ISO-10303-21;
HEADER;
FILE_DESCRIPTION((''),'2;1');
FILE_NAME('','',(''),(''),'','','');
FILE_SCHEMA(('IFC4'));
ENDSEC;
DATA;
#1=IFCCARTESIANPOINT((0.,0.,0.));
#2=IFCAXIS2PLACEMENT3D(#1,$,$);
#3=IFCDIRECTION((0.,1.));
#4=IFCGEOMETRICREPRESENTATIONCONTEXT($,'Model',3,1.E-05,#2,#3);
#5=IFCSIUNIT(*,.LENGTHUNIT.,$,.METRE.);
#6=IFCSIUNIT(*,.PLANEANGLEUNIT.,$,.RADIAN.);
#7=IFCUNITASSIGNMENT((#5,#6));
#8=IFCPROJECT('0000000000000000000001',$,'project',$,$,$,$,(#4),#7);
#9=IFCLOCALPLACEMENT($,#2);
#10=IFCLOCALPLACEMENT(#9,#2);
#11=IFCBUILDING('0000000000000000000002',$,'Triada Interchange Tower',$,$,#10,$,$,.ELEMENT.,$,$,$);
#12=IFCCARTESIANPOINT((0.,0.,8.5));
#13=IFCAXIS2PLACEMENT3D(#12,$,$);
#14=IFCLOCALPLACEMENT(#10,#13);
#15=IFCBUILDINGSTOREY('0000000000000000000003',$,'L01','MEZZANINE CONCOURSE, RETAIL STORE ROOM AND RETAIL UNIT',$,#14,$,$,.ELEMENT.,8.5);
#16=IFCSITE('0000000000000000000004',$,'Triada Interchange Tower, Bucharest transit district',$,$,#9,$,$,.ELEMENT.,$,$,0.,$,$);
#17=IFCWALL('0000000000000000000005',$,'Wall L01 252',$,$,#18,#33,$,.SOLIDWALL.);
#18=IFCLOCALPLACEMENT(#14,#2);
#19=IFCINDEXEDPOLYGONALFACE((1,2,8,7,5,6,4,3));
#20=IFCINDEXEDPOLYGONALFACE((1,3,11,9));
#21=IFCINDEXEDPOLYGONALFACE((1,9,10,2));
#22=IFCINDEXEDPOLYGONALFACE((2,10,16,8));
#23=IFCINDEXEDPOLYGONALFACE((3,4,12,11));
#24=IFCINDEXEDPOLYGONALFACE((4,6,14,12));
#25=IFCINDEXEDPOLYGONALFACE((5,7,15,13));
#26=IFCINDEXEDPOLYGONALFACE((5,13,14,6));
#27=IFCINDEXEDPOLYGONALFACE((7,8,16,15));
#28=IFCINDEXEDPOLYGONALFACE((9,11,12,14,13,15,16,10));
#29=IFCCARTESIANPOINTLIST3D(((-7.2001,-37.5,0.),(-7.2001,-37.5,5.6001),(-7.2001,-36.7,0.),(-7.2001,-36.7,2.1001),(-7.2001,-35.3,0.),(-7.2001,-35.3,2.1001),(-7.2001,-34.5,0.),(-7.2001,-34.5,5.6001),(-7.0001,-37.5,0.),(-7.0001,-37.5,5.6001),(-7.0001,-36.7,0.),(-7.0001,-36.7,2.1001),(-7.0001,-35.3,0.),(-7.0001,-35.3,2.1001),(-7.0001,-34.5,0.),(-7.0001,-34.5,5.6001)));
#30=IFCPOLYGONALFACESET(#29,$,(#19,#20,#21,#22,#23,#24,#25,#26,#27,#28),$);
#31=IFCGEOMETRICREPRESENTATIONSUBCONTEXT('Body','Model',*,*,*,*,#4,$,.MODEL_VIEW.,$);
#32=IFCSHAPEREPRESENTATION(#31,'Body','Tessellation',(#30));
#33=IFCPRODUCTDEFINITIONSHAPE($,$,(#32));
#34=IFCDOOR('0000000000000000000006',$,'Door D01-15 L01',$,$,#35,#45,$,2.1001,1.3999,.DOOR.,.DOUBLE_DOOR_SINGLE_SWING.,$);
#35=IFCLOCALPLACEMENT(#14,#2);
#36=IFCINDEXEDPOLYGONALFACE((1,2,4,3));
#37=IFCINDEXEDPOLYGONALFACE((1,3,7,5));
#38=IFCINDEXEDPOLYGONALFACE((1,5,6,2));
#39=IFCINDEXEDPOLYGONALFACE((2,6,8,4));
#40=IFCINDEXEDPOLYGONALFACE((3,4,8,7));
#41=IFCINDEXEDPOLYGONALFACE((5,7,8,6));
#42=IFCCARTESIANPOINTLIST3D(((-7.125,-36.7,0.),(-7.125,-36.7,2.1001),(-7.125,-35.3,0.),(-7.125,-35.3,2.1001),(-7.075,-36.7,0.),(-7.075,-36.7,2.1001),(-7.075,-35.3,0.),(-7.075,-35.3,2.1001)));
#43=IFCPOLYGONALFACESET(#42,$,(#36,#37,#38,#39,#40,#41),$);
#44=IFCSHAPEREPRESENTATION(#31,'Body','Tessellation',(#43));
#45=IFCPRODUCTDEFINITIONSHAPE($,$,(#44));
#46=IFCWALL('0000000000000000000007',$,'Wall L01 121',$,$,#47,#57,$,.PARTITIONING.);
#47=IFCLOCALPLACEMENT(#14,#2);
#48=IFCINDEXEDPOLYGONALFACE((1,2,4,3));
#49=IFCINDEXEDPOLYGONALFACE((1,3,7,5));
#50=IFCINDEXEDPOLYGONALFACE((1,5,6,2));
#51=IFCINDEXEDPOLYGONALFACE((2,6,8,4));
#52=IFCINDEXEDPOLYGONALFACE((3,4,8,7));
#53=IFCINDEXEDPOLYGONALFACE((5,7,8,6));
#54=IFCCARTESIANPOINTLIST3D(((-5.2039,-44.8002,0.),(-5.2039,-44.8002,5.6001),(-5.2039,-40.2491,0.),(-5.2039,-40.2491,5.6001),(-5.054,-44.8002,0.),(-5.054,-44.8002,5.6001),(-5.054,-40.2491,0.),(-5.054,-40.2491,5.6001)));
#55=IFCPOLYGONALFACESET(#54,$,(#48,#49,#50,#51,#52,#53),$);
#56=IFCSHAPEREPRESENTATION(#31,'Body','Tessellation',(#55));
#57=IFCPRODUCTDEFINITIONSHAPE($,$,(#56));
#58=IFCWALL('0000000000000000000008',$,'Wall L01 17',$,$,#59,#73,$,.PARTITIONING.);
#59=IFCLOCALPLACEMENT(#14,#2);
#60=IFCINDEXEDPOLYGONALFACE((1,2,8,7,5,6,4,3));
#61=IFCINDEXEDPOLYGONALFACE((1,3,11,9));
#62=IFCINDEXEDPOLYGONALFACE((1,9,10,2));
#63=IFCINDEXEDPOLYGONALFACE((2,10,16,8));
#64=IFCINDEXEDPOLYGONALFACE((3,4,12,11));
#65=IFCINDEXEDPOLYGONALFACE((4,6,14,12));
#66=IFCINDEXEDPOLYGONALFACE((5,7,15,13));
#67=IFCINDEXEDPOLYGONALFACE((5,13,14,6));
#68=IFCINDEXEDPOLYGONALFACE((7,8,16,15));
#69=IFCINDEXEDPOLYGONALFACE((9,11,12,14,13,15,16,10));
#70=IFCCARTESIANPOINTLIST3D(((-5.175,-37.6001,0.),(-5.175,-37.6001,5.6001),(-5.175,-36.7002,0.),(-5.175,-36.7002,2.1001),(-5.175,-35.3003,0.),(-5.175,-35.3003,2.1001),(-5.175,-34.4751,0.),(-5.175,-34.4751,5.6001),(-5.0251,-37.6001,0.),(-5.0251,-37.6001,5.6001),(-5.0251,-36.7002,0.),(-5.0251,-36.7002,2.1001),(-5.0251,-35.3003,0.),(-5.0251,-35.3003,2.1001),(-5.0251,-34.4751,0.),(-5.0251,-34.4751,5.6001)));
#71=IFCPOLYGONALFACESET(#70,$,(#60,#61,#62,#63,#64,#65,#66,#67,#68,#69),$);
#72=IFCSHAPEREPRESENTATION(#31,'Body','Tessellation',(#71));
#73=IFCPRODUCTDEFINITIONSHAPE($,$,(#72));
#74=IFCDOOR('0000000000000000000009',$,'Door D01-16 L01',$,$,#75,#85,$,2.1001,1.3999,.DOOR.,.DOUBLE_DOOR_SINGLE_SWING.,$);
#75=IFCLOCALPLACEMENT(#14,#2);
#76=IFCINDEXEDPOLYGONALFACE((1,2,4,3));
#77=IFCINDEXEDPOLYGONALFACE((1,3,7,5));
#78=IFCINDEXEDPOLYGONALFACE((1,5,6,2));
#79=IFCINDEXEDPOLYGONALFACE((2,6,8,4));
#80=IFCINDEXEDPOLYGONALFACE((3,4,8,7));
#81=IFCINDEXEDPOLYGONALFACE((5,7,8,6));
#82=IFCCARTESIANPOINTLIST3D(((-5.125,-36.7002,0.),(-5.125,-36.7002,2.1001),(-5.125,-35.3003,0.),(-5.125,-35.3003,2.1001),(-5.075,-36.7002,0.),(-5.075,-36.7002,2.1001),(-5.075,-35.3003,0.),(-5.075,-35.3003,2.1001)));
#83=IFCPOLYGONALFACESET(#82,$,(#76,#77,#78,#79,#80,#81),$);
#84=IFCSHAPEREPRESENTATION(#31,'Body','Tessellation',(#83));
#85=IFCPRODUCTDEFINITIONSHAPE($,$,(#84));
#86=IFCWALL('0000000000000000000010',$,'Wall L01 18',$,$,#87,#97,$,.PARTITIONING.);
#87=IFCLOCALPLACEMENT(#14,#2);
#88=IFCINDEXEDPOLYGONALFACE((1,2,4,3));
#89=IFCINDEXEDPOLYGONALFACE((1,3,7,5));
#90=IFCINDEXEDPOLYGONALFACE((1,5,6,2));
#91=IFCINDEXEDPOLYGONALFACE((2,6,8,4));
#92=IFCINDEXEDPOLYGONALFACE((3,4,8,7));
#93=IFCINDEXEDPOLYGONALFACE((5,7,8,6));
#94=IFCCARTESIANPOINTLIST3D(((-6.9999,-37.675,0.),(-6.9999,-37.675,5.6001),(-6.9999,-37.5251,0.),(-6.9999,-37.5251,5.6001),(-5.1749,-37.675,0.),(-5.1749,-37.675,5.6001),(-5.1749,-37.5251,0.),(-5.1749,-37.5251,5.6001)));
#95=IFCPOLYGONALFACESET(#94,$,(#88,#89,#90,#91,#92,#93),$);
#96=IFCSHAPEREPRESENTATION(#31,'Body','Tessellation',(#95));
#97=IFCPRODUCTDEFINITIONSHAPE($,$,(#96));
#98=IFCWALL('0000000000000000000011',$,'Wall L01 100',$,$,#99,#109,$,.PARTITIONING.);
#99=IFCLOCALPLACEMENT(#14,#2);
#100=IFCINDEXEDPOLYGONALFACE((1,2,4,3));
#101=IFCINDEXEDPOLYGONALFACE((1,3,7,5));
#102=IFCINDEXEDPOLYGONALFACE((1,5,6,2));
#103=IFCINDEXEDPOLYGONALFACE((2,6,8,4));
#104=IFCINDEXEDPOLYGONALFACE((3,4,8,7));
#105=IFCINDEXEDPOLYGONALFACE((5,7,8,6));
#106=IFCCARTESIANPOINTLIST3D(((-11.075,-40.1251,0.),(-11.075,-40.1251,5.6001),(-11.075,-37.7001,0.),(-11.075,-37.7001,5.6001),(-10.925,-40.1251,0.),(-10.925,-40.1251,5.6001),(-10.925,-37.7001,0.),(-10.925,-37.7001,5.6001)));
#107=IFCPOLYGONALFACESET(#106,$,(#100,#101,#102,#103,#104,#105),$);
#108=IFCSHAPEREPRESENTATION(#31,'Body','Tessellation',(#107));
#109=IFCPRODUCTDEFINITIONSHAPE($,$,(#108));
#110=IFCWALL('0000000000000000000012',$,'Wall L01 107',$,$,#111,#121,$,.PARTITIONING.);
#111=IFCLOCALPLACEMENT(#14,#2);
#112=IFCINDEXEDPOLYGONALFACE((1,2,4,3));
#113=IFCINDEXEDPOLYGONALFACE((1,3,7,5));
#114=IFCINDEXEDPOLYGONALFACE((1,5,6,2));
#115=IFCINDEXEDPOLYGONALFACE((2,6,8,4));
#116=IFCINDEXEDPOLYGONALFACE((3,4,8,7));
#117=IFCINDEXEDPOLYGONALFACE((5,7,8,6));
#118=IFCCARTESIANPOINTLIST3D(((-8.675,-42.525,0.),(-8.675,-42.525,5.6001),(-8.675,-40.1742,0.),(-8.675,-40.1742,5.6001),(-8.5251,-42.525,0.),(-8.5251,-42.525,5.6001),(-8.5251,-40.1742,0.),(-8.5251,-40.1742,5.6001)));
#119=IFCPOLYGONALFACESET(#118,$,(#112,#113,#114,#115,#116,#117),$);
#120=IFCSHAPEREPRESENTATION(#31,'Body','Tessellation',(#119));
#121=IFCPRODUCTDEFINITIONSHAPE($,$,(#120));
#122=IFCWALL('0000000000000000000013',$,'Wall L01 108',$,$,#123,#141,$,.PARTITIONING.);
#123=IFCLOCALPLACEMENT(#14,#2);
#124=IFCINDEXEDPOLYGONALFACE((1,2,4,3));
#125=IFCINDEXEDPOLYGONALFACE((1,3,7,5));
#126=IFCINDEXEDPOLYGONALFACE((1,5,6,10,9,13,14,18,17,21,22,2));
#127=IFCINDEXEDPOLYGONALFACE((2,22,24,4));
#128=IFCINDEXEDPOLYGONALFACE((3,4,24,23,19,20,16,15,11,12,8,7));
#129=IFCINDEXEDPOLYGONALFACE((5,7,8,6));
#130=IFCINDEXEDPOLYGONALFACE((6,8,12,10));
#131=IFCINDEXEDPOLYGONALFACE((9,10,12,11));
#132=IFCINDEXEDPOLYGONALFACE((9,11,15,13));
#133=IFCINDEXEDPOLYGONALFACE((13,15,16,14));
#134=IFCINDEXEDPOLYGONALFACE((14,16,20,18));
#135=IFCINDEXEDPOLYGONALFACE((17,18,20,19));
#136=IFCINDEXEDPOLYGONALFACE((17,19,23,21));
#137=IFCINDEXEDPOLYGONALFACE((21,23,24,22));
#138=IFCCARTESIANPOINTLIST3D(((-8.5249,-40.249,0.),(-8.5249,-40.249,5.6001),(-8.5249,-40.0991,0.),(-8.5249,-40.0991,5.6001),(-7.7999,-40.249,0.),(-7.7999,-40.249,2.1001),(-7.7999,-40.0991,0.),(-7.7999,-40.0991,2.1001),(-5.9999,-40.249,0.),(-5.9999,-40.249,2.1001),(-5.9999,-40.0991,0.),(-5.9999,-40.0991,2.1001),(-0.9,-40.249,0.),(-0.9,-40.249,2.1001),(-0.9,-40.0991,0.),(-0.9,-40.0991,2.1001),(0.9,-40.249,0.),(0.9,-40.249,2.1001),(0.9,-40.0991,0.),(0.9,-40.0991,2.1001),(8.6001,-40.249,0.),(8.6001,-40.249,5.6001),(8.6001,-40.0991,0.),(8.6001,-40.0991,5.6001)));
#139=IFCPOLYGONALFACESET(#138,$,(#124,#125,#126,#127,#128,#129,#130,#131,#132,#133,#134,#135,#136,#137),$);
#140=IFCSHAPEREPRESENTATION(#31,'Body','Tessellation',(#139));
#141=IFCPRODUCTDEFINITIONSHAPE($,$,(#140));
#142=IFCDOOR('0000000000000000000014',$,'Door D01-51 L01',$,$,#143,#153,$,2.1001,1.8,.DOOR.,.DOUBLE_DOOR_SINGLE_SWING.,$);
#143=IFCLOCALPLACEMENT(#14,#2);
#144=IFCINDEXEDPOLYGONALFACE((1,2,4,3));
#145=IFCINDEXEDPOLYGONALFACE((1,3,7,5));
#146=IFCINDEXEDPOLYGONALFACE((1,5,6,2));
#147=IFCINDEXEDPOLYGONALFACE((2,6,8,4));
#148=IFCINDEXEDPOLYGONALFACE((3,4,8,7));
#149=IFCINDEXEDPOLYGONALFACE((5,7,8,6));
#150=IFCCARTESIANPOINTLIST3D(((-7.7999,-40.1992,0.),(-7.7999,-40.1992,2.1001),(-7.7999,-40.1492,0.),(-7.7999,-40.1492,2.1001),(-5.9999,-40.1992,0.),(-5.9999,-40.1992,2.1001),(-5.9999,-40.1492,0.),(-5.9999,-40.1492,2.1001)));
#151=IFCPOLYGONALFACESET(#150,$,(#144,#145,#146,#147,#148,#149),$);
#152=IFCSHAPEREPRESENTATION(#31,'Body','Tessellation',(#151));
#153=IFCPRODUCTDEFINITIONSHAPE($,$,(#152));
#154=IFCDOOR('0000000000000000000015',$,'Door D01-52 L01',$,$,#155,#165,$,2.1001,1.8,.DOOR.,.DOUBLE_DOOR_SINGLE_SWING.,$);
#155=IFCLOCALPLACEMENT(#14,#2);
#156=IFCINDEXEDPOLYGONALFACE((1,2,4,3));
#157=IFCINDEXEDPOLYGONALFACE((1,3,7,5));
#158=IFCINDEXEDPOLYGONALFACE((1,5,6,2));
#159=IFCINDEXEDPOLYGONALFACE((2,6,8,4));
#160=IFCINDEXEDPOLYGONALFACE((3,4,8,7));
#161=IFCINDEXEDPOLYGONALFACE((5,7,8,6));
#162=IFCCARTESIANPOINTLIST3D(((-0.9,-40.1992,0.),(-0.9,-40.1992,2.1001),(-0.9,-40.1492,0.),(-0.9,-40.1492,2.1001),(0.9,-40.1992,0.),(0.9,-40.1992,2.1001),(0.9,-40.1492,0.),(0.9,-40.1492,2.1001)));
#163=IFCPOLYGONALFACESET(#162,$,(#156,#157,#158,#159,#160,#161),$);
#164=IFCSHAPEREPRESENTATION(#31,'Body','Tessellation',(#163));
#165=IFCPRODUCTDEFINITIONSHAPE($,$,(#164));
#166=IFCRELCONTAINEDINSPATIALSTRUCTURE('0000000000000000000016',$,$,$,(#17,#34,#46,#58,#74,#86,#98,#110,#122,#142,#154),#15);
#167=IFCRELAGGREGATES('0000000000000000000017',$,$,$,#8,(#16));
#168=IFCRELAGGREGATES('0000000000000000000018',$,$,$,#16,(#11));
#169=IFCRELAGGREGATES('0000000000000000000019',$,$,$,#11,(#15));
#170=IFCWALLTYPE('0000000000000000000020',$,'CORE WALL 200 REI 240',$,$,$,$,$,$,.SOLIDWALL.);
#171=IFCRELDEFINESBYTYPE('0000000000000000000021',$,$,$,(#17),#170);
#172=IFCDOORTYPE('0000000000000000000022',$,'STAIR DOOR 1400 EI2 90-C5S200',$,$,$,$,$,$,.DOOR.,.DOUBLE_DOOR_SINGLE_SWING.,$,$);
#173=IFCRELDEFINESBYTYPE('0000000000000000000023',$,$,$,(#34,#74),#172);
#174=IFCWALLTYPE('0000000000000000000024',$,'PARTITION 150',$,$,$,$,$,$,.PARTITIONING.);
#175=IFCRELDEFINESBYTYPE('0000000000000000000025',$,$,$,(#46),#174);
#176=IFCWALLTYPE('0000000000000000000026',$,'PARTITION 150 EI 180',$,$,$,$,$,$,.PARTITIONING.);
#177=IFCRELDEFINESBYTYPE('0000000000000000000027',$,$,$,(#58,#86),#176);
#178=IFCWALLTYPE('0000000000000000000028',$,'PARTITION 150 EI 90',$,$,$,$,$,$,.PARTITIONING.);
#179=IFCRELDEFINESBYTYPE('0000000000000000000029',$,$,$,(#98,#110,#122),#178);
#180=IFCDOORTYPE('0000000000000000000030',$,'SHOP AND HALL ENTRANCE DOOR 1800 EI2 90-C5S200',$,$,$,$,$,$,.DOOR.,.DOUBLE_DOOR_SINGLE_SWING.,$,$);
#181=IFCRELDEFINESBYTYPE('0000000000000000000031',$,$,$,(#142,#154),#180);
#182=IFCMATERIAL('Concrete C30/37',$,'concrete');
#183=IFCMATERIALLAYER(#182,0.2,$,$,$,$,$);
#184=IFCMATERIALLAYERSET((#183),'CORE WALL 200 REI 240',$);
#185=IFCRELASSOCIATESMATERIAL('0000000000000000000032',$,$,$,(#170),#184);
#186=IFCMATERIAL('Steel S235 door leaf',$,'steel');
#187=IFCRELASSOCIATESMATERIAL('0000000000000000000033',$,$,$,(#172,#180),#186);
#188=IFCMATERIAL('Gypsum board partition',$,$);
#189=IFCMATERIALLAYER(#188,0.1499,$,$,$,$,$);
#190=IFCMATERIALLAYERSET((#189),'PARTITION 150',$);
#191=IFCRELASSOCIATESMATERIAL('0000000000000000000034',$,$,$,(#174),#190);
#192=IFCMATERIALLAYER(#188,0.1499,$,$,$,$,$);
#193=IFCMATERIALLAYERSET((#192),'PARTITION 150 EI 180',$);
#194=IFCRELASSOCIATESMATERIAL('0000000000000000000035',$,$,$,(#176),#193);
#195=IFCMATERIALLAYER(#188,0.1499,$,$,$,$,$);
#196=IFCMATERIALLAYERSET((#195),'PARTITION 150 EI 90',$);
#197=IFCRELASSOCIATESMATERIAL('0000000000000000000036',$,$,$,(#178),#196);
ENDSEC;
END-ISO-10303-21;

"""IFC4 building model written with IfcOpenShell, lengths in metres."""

from ifc_helpers import new_model, si_unit, direction, frame, frame_2d, origin, place, context, subcontext, project, spatial, rectangle, extrude, material, layer, layer_set, type_object, element, fill, save


model = new_model("IFC4")

# Units and contexts
model_context = context("Model", 3, precision=1e-05, world=origin(), true_north=direction((0.0, 1.0)))
body_context = subcontext(model_context, "Body", "Model", "MODEL_VIEW")
ifc_project = project(units=[si_unit("LENGTHUNIT", "METRE"), si_unit("PLANEANGLEUNIT", "RADIAN")], contexts=[model_context])

# Site, building, storey
site_placement = place(None, origin())
site = spatial("IfcSite", under=ifc_project, at=site_placement, Name="Triada Interchange Tower, Bucharest transit district", CompositionType="ELEMENT", RefElevation=0.0)
building_placement = place(site_placement, origin())
building = spatial("IfcBuilding", under=site, at=building_placement, Name="Triada Interchange Tower", CompositionType="ELEMENT")
storey_placement = place(building_placement, frame((0.0, 0.0, 8.5)))
storey = spatial("IfcBuildingStorey", under=building, at=storey_placement, Name="L01", Description="MEZZANINE CONCOURSE, RETAIL STORE ROOM AND RETAIL UNIT", CompositionType="ELEMENT", Elevation=8.5)

# Wall, opening, door
ifc_material_1 = material(Name="Concrete C30/37", Category="concrete")
ifc_layer_1 = layer(ifc_material_1, 0.2)
ifc_layer_set_1 = layer_set([ifc_layer_1], Name="CORE WALL 200 REI 240")
wall_type_1 = type_object("IfcWallType", Name="CORE WALL 200 REI 240", PredefinedType="SOLIDWALL", material=ifc_layer_set_1)
wall_1_placement = place(storey_placement, frame((-7.1001, -37.5, 0.0), z_axis=(0.0, 0.0, 1.0), x_axis=(0.0, 1.0, 0.0)))
wall_1 = element("IfcWall", 1, at=wall_1_placement, inside=storey, type_object=wall_type_1, Name="Wall L01 252", PredefinedType="SOLIDWALL", context=body_context, shape_type="SweptSolid", body=[
    extrude(rectangle(XDim=3.0, YDim=0.2, at=frame_2d((1.5, 0.0))), origin(), (0.0, 0.0, 1.0), 5.6001),
])
opening_1_placement = place(wall_1_placement, frame((0.8, 0.0, 0.0)))
opening_1 = element("IfcOpeningElement", 2, at=opening_1_placement, cuts=wall_1, PredefinedType="OPENING", context=body_context, shape_type="SweptSolid", body=[
    extrude(rectangle(XDim=1.3999, YDim=2.1001, at=frame_2d((0.7, 1.05))), frame((0.0, 0.1099, 0.0), z_axis=(0.0, -1.0, 0.0), x_axis=(1.0, 0.0, 0.0)), (0.0, 0.0, 1.0), 0.22),
])
ifc_material_2 = material(Name="Steel S235 door leaf", Category="steel")
door_type_1 = type_object("IfcDoorType", Name="STAIR DOOR 1400 EI2 90-C5S200", OperationType="DOUBLE_DOOR_SINGLE_SWING", PredefinedType="DOOR", material=ifc_material_2)
door_1_placement = place(opening_1_placement, origin())
door_1 = element("IfcDoor", 3, at=door_1_placement, inside=storey, type_object=door_type_1, Name="Door D01-15 L01", OperationType="DOUBLE_DOOR_SINGLE_SWING", OverallHeight=2.1001, OverallWidth=1.3999, PredefinedType="DOOR", context=body_context, shape_type="SweptSolid", body=[
    extrude(rectangle(XDim=1.3999, YDim=2.1001, at=frame_2d((0.7, 1.05))), frame((0.0, 0.0249, 0.0), z_axis=(0.0, -1.0, 0.0), x_axis=(1.0, 0.0, 0.0)), (0.0, 0.0, 1.0), 0.05),
])
fill(opening_1, door_1)

# Wall
ifc_material_3 = material(Name="Gypsum board partition")
ifc_layer_2 = layer(ifc_material_3, 0.1499)
ifc_layer_set_2 = layer_set([ifc_layer_2], Name="PARTITION 150")
wall_type_2 = type_object("IfcWallType", Name="PARTITION 150", PredefinedType="PARTITIONING", material=ifc_layer_set_2)
wall_2_placement = place(storey_placement, frame((-5.1289, -44.8, 0.0), z_axis=(0.0, 0.0, 1.0), x_axis=(0.0, 1.0, 0.0)))
element("IfcWall", 4, at=wall_2_placement, inside=storey, type_object=wall_type_2, Name="Wall L01 121", PredefinedType="PARTITIONING", context=body_context, shape_type="SweptSolid", body=[
    extrude(rectangle(XDim=4.551, YDim=0.1499, at=frame_2d((2.2754, 0.0))), origin(), (0.0, 0.0, 1.0), 5.6001),
])

# Wall, opening, door
ifc_layer_3 = layer(ifc_material_3, 0.1499)
ifc_layer_set_3 = layer_set([ifc_layer_3], Name="PARTITION 150 EI 180")
wall_type_3 = type_object("IfcWallType", Name="PARTITION 150 EI 180", PredefinedType="PARTITIONING", material=ifc_layer_set_3)
wall_3_placement = place(storey_placement, frame((-5.1001, -37.6001, 0.0), z_axis=(0.0, 0.0, 1.0), x_axis=(0.0, 1.0, 0.0)))
wall_3 = element("IfcWall", 5, at=wall_3_placement, inside=storey, type_object=wall_type_3, Name="Wall L01 17", PredefinedType="PARTITIONING", context=body_context, shape_type="SweptSolid", body=[
    extrude(rectangle(XDim=3.125, YDim=0.1499, at=frame_2d((1.5625, 0.0))), origin(), (0.0, 0.0, 1.0), 5.6001),
])
opening_2_placement = place(wall_3_placement, frame((0.8999, 0.0, 0.0)))
opening_2 = element("IfcOpeningElement", 6, at=opening_2_placement, cuts=wall_3, PredefinedType="OPENING", context=body_context, shape_type="SweptSolid", body=[
    extrude(rectangle(XDim=1.3999, YDim=2.1001, at=frame_2d((0.7, 1.05))), frame((0.0, 0.085, 0.0), z_axis=(0.0, -1.0, 0.0), x_axis=(1.0, 0.0, 0.0)), (0.0, 0.0, 1.0), 0.1699),
])
door_2_placement = place(opening_2_placement, origin())
door_2 = element("IfcDoor", 7, at=door_2_placement, inside=storey, type_object=door_type_1, Name="Door D01-16 L01", OperationType="DOUBLE_DOOR_SINGLE_SWING", OverallHeight=2.1001, OverallWidth=1.3999, PredefinedType="DOOR", context=body_context, shape_type="SweptSolid", body=[
    extrude(rectangle(XDim=1.3999, YDim=2.1001, at=frame_2d((0.7, 1.05))), frame((0.0, 0.0249, 0.0), z_axis=(0.0, -1.0, 0.0), x_axis=(1.0, 0.0, 0.0)), (0.0, 0.0, 1.0), 0.05),
])
fill(opening_2, door_2)

# Walls
wall_4_placement = place(storey_placement, frame((-7.0, -37.6001, 0.0), z_axis=(0.0, 0.0, 1.0), x_axis=(1.0, 0.0, 0.0)))
element("IfcWall", 8, at=wall_4_placement, inside=storey, type_object=wall_type_3, Name="Wall L01 18", PredefinedType="PARTITIONING", context=body_context, shape_type="SweptSolid", body=[
    extrude(rectangle(XDim=1.825, YDim=0.1499, at=frame_2d((0.9126, 0.0))), origin(), (0.0, 0.0, 1.0), 5.6001),
])
ifc_layer_4 = layer(ifc_material_3, 0.1499)
ifc_layer_set_4 = layer_set([ifc_layer_4], Name="PARTITION 150 EI 90")
wall_type_4 = type_object("IfcWallType", Name="PARTITION 150 EI 90", PredefinedType="PARTITIONING", material=ifc_layer_set_4)
wall_5_placement = place(storey_placement, frame((-11.0, -40.125, 0.0), z_axis=(0.0, 0.0, 1.0), x_axis=(0.0, 1.0, 0.0)))
element("IfcWall", 9, at=wall_5_placement, inside=storey, type_object=wall_type_4, Name="Wall L01 100", PredefinedType="PARTITIONING", context=body_context, shape_type="SweptSolid", body=[
    extrude(rectangle(XDim=2.425, YDim=0.1499, at=frame_2d((1.2124, 0.0))), origin(), (0.0, 0.0, 1.0), 5.6001),
])
wall_6_placement = place(storey_placement, frame((-8.6001, -42.5249, 0.0), z_axis=(0.0, 0.0, 1.0), x_axis=(0.0, 1.0, 0.0)))
element("IfcWall", 10, at=wall_6_placement, inside=storey, type_object=wall_type_4, Name="Wall L01 107", PredefinedType="PARTITIONING", context=body_context, shape_type="SweptSolid", body=[
    extrude(rectangle(XDim=2.3508, YDim=0.1499, at=frame_2d((1.1753, 0.0))), origin(), (0.0, 0.0, 1.0), 5.6001),
])

# Wall, openings, doors
wall_7_placement = place(storey_placement, frame((-8.5249, -40.1741, 0.0), z_axis=(0.0, 0.0, 1.0), x_axis=(1.0, 0.0, 0.0)))
wall_7 = element("IfcWall", 11, at=wall_7_placement, inside=storey, type_object=wall_type_4, Name="Wall L01 108", PredefinedType="PARTITIONING", context=body_context, shape_type="SweptSolid", body=[
    extrude(rectangle(XDim=17.125, YDim=0.1499, at=frame_2d((8.5625, 0.0))), origin(), (0.0, 0.0, 1.0), 5.6001),
])
opening_3_placement = place(wall_7_placement, frame((0.7251, 0.0, 0.0)))
opening_3 = element("IfcOpeningElement", 12, at=opening_3_placement, cuts=wall_7, PredefinedType="OPENING", context=body_context, shape_type="SweptSolid", body=[
    extrude(rectangle(XDim=1.8, YDim=2.1001, at=frame_2d((0.8999, 1.05))), frame((0.0, 0.085, 0.0), z_axis=(0.0, -1.0, 0.0), x_axis=(1.0, 0.0, 0.0)), (0.0, 0.0, 1.0), 0.1699),
])
opening_4_placement = place(wall_7_placement, frame((7.625, 0.0, 0.0)))
opening_4 = element("IfcOpeningElement", 13, at=opening_4_placement, cuts=wall_7, PredefinedType="OPENING", context=body_context, shape_type="SweptSolid", body=[
    extrude(rectangle(XDim=1.8, YDim=2.1001, at=frame_2d((0.8999, 1.05))), frame((0.0, 0.085, 0.0), z_axis=(0.0, -1.0, 0.0), x_axis=(1.0, 0.0, 0.0)), (0.0, 0.0, 1.0), 0.1699),
])
door_type_2 = type_object("IfcDoorType", Name="SHOP AND HALL ENTRANCE DOOR 1800 EI2 90-C5S200", OperationType="DOUBLE_DOOR_SINGLE_SWING", PredefinedType="DOOR", material=ifc_material_2)
door_3_placement = place(opening_3_placement, origin())
door_3 = element("IfcDoor", 14, at=door_3_placement, inside=storey, type_object=door_type_2, Name="Door D01-51 L01", OperationType="DOUBLE_DOOR_SINGLE_SWING", OverallHeight=2.1001, OverallWidth=1.8, PredefinedType="DOOR", context=body_context, shape_type="SweptSolid", body=[
    extrude(rectangle(XDim=1.8, YDim=2.1001, at=frame_2d((0.8999, 1.05))), frame((0.0, 0.0249, 0.0), z_axis=(0.0, -1.0, 0.0), x_axis=(1.0, 0.0, 0.0)), (0.0, 0.0, 1.0), 0.05),
])
fill(opening_3, door_3)
door_4_placement = place(opening_4_placement, origin())
door_4 = element("IfcDoor", 15, at=door_4_placement, inside=storey, type_object=door_type_2, Name="Door D01-52 L01", OperationType="DOUBLE_DOOR_SINGLE_SWING", OverallHeight=2.1001, OverallWidth=1.8, PredefinedType="DOOR", context=body_context, shape_type="SweptSolid", body=[
    extrude(rectangle(XDim=1.8, YDim=2.1001, at=frame_2d((0.8999, 1.05))), frame((0.0, 0.0249, 0.0), z_axis=(0.0, -1.0, 0.0), x_axis=(1.0, 0.0, 0.0)), (0.0, 0.0, 1.0), 0.05),
])
fill(opening_4, door_4)

save(model, "model.ifc")
